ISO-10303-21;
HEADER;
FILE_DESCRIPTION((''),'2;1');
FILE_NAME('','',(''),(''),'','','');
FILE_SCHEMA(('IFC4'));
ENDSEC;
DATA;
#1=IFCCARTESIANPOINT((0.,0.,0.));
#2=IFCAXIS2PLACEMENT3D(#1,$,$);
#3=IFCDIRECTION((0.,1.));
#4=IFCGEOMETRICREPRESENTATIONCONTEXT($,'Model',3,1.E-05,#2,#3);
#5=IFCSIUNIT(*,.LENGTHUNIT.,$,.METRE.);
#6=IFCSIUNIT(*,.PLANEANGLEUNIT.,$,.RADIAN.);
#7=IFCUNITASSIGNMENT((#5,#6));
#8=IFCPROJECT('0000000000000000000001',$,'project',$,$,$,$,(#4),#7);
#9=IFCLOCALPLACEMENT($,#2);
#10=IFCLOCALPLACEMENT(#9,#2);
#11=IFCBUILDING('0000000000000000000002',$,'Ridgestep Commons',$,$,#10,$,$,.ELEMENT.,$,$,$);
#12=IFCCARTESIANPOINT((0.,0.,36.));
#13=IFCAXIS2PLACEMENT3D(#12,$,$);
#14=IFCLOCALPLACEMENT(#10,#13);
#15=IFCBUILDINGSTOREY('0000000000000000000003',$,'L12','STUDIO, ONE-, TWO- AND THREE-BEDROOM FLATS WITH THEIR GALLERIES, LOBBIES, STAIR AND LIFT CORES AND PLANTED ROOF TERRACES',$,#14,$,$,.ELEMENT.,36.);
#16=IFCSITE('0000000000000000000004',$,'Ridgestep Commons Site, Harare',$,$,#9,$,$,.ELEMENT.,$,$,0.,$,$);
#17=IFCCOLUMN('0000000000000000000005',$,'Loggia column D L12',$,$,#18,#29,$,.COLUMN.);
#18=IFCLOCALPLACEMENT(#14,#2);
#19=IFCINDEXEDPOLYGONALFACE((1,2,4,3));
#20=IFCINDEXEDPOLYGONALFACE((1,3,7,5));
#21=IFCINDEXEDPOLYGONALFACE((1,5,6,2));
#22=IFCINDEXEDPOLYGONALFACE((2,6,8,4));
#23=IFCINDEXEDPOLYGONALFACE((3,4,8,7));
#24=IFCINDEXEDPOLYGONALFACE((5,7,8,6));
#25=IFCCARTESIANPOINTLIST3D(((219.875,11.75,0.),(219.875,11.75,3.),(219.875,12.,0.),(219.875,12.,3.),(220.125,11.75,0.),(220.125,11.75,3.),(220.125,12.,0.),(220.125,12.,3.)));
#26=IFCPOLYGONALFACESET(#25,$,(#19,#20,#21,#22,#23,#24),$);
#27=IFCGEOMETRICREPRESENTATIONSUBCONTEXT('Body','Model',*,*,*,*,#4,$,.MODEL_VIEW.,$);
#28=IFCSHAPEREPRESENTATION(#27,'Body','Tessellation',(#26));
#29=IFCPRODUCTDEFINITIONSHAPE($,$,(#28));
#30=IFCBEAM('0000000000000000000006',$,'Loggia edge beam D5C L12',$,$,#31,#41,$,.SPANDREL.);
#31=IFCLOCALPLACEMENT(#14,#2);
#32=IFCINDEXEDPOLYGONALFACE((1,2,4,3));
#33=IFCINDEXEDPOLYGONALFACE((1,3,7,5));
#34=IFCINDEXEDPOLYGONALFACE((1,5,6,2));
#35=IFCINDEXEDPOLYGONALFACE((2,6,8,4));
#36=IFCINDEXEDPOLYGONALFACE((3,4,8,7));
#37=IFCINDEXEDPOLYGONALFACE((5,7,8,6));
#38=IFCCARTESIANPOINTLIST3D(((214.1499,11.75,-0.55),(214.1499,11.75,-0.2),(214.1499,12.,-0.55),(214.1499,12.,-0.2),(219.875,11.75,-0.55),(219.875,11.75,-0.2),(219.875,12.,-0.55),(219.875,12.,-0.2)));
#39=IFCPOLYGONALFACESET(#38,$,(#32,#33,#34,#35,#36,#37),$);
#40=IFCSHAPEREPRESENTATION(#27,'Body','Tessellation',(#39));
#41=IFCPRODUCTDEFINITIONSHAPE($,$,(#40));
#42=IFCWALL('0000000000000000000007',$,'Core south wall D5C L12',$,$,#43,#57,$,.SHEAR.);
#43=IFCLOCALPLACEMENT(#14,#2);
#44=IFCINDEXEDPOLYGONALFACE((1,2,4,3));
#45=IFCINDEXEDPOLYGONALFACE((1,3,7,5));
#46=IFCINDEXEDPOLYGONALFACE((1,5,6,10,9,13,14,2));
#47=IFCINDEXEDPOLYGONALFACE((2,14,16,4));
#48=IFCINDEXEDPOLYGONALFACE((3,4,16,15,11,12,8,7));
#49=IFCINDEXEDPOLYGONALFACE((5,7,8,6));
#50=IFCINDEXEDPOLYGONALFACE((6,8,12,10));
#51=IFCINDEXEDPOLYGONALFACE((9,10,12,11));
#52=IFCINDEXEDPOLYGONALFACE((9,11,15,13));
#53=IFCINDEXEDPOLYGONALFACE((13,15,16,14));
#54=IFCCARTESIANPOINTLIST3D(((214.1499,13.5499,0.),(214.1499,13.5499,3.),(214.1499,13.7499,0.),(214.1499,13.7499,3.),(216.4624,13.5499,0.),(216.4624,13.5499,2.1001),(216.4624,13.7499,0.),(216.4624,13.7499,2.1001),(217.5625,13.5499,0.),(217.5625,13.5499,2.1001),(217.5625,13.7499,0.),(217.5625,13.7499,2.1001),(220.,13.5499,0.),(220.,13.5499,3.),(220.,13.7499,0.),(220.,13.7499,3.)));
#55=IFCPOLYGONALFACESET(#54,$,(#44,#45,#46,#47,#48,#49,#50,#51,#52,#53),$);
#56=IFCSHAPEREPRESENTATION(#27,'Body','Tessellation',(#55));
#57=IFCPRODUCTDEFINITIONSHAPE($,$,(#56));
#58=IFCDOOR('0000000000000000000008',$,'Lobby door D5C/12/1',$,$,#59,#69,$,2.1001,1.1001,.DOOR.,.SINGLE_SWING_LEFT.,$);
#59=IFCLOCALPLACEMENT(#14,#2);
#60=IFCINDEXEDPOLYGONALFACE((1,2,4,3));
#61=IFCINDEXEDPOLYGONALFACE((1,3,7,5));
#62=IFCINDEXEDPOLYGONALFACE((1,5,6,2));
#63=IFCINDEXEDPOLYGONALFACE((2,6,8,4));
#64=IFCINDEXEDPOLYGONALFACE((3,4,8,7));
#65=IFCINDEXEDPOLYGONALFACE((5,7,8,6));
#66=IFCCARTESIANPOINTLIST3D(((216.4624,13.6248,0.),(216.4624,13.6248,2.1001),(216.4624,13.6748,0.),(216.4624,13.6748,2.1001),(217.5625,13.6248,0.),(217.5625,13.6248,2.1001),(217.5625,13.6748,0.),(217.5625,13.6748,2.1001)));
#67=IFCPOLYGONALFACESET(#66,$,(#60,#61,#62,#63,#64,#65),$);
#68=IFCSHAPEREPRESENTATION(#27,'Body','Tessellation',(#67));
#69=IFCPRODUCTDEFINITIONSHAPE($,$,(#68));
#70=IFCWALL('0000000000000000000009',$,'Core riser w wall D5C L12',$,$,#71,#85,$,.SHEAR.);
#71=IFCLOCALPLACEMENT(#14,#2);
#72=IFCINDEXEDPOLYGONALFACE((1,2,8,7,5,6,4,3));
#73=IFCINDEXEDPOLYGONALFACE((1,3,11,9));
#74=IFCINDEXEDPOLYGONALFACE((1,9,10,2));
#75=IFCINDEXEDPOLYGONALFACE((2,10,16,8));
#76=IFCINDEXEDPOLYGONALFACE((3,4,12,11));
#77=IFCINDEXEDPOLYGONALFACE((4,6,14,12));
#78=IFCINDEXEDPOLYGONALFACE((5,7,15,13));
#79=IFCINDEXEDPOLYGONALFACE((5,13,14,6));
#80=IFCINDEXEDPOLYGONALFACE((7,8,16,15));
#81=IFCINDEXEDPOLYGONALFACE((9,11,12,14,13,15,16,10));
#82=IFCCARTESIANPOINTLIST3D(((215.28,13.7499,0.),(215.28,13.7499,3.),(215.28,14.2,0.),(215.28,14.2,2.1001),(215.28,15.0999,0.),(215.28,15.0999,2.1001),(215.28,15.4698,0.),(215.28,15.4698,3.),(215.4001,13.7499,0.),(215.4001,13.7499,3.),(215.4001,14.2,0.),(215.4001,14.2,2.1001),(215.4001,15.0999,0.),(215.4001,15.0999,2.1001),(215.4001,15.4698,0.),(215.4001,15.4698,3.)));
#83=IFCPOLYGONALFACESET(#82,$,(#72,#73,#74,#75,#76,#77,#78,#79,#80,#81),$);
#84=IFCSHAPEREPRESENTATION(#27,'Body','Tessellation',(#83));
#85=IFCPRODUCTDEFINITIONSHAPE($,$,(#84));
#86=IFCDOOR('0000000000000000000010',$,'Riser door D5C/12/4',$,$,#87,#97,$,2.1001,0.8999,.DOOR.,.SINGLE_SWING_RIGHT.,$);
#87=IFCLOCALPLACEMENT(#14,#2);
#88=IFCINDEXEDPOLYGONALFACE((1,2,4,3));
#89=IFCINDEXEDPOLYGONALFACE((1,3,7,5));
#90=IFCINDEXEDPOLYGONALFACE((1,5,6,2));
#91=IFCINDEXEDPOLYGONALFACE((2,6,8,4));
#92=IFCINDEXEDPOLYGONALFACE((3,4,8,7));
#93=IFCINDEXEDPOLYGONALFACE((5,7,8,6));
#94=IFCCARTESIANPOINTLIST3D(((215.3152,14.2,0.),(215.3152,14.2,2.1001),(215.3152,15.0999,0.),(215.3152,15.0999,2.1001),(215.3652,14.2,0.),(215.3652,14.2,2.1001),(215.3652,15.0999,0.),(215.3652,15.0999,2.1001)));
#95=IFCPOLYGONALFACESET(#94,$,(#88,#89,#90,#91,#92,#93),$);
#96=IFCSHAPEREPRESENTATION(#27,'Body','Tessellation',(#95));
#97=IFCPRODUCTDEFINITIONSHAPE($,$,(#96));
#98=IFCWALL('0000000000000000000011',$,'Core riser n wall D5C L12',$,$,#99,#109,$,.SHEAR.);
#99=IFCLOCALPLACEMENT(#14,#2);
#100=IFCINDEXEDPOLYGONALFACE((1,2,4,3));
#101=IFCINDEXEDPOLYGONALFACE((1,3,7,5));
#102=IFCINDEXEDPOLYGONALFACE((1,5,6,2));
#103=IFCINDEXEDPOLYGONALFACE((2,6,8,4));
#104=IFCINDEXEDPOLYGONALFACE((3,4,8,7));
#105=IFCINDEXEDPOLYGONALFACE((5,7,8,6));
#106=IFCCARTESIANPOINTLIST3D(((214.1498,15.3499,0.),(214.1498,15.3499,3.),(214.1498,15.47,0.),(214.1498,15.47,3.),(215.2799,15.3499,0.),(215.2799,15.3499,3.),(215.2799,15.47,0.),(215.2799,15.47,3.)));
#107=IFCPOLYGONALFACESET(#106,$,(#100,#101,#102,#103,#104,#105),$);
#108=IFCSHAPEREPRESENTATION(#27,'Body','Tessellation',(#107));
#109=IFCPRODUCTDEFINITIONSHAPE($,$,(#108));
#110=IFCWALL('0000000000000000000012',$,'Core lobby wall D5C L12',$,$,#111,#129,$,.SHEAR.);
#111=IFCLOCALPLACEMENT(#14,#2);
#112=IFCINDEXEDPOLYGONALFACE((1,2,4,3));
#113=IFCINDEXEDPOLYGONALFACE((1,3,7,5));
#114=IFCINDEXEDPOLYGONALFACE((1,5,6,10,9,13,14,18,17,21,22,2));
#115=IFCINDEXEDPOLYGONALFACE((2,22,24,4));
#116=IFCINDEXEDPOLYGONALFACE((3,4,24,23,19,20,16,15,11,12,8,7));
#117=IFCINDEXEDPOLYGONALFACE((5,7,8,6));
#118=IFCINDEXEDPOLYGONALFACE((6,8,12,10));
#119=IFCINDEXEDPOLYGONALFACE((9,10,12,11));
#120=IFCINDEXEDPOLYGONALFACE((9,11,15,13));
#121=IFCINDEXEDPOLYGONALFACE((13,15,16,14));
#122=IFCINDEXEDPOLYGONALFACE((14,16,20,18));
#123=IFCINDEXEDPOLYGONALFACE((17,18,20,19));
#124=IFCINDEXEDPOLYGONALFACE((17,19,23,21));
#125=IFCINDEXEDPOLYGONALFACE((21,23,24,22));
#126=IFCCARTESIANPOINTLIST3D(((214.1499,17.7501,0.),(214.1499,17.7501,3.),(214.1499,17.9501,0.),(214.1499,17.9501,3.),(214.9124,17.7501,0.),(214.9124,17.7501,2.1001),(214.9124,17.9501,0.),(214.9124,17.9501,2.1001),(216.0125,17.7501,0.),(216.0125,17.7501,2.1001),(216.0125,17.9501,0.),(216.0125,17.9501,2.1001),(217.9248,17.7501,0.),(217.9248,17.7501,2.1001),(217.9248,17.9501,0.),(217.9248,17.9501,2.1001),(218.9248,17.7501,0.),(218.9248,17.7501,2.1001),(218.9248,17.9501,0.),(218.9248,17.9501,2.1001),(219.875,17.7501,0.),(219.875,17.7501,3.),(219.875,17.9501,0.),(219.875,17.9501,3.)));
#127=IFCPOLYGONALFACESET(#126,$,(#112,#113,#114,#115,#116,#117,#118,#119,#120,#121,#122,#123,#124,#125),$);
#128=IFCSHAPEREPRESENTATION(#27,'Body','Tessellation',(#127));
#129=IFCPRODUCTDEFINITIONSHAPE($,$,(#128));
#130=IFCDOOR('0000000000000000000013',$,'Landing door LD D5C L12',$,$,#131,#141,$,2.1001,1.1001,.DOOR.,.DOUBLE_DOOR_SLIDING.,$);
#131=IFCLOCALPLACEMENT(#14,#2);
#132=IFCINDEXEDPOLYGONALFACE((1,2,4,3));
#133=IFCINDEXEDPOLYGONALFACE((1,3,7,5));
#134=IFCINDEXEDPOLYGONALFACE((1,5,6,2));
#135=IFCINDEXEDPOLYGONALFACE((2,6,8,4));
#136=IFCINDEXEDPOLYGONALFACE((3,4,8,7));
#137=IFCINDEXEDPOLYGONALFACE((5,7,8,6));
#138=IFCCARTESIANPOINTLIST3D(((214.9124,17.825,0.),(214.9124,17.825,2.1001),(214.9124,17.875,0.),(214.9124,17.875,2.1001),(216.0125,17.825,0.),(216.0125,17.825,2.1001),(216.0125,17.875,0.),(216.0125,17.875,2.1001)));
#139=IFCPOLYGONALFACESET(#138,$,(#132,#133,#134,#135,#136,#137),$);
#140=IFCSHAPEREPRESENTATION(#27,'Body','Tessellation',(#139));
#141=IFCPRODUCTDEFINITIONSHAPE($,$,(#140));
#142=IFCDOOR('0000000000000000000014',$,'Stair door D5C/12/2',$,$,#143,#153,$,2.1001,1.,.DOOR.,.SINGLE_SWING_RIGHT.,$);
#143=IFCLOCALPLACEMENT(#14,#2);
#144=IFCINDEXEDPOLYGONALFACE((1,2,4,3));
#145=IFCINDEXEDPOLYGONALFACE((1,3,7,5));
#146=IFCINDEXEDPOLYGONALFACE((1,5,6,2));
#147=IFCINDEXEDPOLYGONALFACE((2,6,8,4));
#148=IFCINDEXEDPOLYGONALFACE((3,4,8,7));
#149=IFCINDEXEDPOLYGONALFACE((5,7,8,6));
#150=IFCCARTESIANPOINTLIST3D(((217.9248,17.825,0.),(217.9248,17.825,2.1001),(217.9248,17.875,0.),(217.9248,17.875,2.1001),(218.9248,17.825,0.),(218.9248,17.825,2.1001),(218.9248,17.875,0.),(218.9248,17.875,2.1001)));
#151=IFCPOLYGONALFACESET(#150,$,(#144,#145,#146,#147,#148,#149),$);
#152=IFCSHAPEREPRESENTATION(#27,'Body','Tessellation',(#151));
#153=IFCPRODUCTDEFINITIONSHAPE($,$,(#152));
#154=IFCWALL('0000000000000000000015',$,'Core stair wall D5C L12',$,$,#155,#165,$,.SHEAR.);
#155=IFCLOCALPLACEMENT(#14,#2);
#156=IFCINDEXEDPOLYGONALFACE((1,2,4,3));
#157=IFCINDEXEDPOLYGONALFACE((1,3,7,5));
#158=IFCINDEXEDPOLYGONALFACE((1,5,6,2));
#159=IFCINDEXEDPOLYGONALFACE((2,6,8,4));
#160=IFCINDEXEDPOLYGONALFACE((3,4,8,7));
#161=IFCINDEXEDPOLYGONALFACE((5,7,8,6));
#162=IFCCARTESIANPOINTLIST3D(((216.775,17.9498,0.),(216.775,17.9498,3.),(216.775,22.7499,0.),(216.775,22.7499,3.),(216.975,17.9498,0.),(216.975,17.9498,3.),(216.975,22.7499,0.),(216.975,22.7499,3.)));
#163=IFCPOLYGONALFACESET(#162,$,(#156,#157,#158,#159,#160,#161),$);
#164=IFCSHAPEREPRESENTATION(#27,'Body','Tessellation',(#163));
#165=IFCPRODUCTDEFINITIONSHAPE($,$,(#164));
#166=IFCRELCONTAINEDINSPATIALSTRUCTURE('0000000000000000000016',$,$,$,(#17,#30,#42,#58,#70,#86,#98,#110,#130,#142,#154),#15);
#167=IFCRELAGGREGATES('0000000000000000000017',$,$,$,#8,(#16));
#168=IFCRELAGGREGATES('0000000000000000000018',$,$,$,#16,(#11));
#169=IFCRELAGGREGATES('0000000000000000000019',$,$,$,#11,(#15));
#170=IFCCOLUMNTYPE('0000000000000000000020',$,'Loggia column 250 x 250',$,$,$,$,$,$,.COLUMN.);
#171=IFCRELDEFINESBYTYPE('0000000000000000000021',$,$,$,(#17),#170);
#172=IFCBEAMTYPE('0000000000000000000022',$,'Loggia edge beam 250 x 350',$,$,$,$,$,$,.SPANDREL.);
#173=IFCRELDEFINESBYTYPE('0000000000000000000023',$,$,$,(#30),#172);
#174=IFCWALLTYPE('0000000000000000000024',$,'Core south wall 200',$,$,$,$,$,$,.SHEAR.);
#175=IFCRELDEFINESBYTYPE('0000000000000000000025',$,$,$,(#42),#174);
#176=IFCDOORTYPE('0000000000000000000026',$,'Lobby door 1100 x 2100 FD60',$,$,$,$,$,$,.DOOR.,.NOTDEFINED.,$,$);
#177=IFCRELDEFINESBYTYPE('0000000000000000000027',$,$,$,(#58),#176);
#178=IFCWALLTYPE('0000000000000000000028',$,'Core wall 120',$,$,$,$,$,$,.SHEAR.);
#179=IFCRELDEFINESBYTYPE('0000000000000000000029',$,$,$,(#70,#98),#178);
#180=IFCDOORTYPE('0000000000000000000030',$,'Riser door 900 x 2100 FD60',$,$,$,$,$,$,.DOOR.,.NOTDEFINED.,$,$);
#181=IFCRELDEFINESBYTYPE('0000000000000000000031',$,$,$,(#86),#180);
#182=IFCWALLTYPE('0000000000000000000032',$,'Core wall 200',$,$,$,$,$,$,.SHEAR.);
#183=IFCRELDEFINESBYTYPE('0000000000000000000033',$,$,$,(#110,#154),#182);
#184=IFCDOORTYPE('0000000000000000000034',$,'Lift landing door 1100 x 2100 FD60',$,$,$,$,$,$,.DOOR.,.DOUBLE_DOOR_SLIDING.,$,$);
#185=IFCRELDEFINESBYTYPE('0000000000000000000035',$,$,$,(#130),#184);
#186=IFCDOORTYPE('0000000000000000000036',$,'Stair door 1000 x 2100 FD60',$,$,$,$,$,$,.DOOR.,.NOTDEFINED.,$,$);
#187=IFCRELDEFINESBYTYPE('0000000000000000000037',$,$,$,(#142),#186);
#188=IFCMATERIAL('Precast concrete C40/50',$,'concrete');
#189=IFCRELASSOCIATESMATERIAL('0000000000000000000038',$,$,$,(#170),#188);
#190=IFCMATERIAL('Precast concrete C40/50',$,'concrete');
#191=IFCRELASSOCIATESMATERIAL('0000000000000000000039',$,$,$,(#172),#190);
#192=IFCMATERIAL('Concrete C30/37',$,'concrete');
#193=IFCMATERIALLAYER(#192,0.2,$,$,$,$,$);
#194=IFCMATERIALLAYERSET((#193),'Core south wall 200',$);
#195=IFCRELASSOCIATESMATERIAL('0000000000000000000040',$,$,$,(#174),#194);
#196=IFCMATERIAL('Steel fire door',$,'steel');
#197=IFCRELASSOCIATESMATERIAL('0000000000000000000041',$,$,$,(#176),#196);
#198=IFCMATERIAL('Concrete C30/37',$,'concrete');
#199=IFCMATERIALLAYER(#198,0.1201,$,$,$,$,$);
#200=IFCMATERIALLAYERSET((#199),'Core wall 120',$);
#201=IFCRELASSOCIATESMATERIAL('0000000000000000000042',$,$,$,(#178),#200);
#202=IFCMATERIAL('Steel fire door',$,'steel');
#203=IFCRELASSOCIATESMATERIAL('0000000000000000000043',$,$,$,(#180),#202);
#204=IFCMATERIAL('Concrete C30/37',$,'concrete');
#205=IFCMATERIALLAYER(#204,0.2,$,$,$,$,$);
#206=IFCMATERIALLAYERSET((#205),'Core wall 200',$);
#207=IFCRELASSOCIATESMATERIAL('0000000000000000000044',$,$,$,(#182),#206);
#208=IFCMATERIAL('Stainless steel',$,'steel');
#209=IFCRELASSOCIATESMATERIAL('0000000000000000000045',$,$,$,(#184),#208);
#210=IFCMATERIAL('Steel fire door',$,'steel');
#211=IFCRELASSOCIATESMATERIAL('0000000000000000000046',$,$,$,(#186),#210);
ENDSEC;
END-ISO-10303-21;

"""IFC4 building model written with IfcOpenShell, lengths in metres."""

from ifc_helpers import new_model, si_unit, direction, frame, frame_2d, origin, origin_2d, place, context, subcontext, project, spatial, rectangle, extrude, material, layer, layer_set, material_profile, profile_set, type_object, element, fill, save


model = new_model("IFC4")

# Units and contexts
model_context = context("Model", 3, precision=1e-05, world=origin(), true_north=direction((0.0, 1.0)))
body_context = subcontext(model_context, "Body", "Model", "MODEL_VIEW")
ifc_project = project(units=[si_unit("LENGTHUNIT", "METRE"), si_unit("PLANEANGLEUNIT", "RADIAN")], contexts=[model_context])

# Site, building, storey
site_placement = place(None, origin())
site = spatial("IfcSite", under=ifc_project, at=site_placement, Name="Ridgestep Commons Site, Harare", CompositionType="ELEMENT", RefElevation=0.0)
building_placement = place(site_placement, origin())
building = spatial("IfcBuilding", under=site, at=building_placement, Name="Ridgestep Commons", CompositionType="ELEMENT")
storey_placement = place(building_placement, frame((0.0, 0.0, 36.0)))
storey = spatial("IfcBuildingStorey", under=building, at=storey_placement, Name="L12", Description="STUDIO, ONE-, TWO- AND THREE-BEDROOM FLATS WITH THEIR GALLERIES, LOBBIES, STAIR AND LIFT CORES AND PLANTED ROOF TERRACES", CompositionType="ELEMENT", Elevation=36.0)

# Column
ifc_material_1 = material(Name="Precast concrete C40/50", Category="concrete")
ifc_material_profile_1 = material_profile(ifc_material_1, rectangle(XDim=0.25, YDim=0.25, at=origin_2d()), Name="PC 250x250")
ifc_profile_set_1 = profile_set([ifc_material_profile_1], Name="Precast concrete C40/50")
column_type = type_object("IfcColumnType", Name="Loggia column 250 x 250", PredefinedType="COLUMN", material=ifc_profile_set_1)
column_placement = place(storey_placement, frame((220.0, 11.875, 0.0), z_axis=(0.0, 0.0, 1.0), x_axis=(1.0, 0.0, 0.0)))
element("IfcColumn", 1, at=column_placement, inside=storey, type_object=column_type, Name="Loggia column D L12", PredefinedType="COLUMN", context=body_context, shape_type="SweptSolid", body=[
    extrude(rectangle(XDim=0.25, YDim=0.25, at=origin_2d()), origin(), (0.0, 0.0, 1.0), 3.0),
])

# Beam
ifc_material_2 = material(Name="Precast concrete C40/50", Category="concrete")
ifc_material_profile_2 = material_profile(ifc_material_2, rectangle(XDim=0.25, YDim=0.3501, at=origin_2d()), Name="PC 250x350")
ifc_profile_set_2 = profile_set([ifc_material_profile_2], Name="Precast concrete C40/50")
beam_type = type_object("IfcBeamType", Name="Loggia edge beam 250 x 350", PredefinedType="SPANDREL", material=ifc_profile_set_2)
beam_placement = place(storey_placement, frame((214.1499, 11.875, -0.375), z_axis=(1.0, 0.0, 0.0), x_axis=(0.0, 1.0, 0.0)))
element("IfcBeam", 2, at=beam_placement, inside=storey, type_object=beam_type, Name="Loggia edge beam D5C L12", PredefinedType="SPANDREL", context=body_context, shape_type="SweptSolid", body=[
    extrude(rectangle(XDim=0.25, YDim=0.3501, at=origin_2d()), origin(), (0.0, 0.0, 1.0), 5.7251),
])

# Wall, opening, door
ifc_material_3 = material(Name="Concrete C30/37", Category="concrete")
ifc_layer_1 = layer(ifc_material_3, 0.2)
ifc_layer_set_1 = layer_set([ifc_layer_1], Name="Core south wall 200")
wall_type_1 = type_object("IfcWallType", Name="Core south wall 200", PredefinedType="SHEAR", material=ifc_layer_set_1)
wall_1_placement = place(storey_placement, frame((214.1499, 13.6499, 0.0), z_axis=(0.0, 0.0, 1.0), x_axis=(1.0, 0.0, 0.0)))
wall_1 = element("IfcWall", 3, at=wall_1_placement, inside=storey, type_object=wall_type_1, Name="Core south wall D5C L12", PredefinedType="SHEAR", context=body_context, shape_type="SweptSolid", body=[
    extrude(rectangle(XDim=5.8501, YDim=0.2, at=frame_2d((2.925, 0.0))), origin(), (0.0, 0.0, 1.0), 3.0),
])
opening_1_placement = place(wall_1_placement, frame((2.3125, 0.0, 0.0)))
opening_1 = element("IfcOpeningElement", 4, at=opening_1_placement, cuts=wall_1, PredefinedType="OPENING", context=body_context, shape_type="SweptSolid", body=[
    extrude(rectangle(XDim=1.1001, YDim=2.1001, at=frame_2d((0.55, 1.05))), frame((0.0, 0.1099, 0.0), z_axis=(0.0, -1.0, 0.0), x_axis=(1.0, 0.0, 0.0)), (0.0, 0.0, 1.0), 0.22),
])
ifc_material_4 = material(Name="Steel fire door", Category="steel")
door_type_1 = type_object("IfcDoorType", Name="Lobby door 1100 x 2100 FD60", OperationType="NOTDEFINED", PredefinedType="DOOR", material=ifc_material_4)
door_1_placement = place(opening_1_placement, origin())
door_1 = element("IfcDoor", 5, at=door_1_placement, inside=storey, type_object=door_type_1, Name="Lobby door D5C/12/1", OperationType="SINGLE_SWING_LEFT", OverallHeight=2.1001, OverallWidth=1.1001, PredefinedType="DOOR", context=body_context, shape_type="SweptSolid", body=[
    extrude(rectangle(XDim=1.1001, YDim=2.1001, at=frame_2d((0.55, 1.05))), frame((0.0, 0.0249, 0.0), z_axis=(0.0, -1.0, 0.0), x_axis=(1.0, 0.0, 0.0)), (0.0, 0.0, 1.0), 0.05),
])
fill(opening_1, door_1)

# Shared definitions
ifc_material_5 = material(Name="Concrete C30/37", Category="concrete")
ifc_layer_2 = layer(ifc_material_5, 0.1201)
ifc_layer_set_2 = layer_set([ifc_layer_2], Name="Core wall 120")
wall_type_2 = type_object("IfcWallType", Name="Core wall 120", PredefinedType="SHEAR", material=ifc_layer_set_2)

# Wall, opening, door
wall_2_placement = place(storey_placement, frame((215.3401, 13.75, 0.0), z_axis=(0.0, 0.0, 1.0), x_axis=(0.0, 1.0, 0.0)))
wall_2 = element("IfcWall", 6, at=wall_2_placement, inside=storey, type_object=wall_type_2, Name="Core riser w wall D5C L12", PredefinedType="SHEAR", context=body_context, shape_type="SweptSolid", body=[
    extrude(rectangle(XDim=1.72, YDim=0.1201, at=frame_2d((0.8599, 0.0))), origin(), (0.0, 0.0, 1.0), 3.0),
])
opening_2_placement = place(wall_2_placement, frame((0.45, 0.0, 0.0)))
opening_2 = element("IfcOpeningElement", 7, at=opening_2_placement, cuts=wall_2, PredefinedType="OPENING", context=body_context, shape_type="SweptSolid", body=[
    extrude(rectangle(XDim=0.8999, YDim=2.1001, at=frame_2d((0.45, 1.05))), frame((0.0, 0.0701, 0.0), z_axis=(0.0, -1.0, 0.0), x_axis=(1.0, 0.0, 0.0)), (0.0, 0.0, 1.0), 0.1401),
])
ifc_material_6 = material(Name="Steel fire door", Category="steel")
door_type_2 = type_object("IfcDoorType", Name="Riser door 900 x 2100 FD60", OperationType="NOTDEFINED", PredefinedType="DOOR", material=ifc_material_6)
door_2_placement = place(opening_2_placement, origin())
door_2 = element("IfcDoor", 8, at=door_2_placement, inside=storey, type_object=door_type_2, Name="Riser door D5C/12/4", OperationType="SINGLE_SWING_RIGHT", OverallHeight=2.1001, OverallWidth=0.8999, PredefinedType="DOOR", context=body_context, shape_type="SweptSolid", body=[
    extrude(rectangle(XDim=0.8999, YDim=2.1001, at=frame_2d((0.45, 1.05))), frame((0.0, 0.0249, 0.0), z_axis=(0.0, -1.0, 0.0), x_axis=(1.0, 0.0, 0.0)), (0.0, 0.0, 1.0), 0.05),
])
fill(opening_2, door_2)

# Wall
wall_3_placement = place(storey_placement, frame((214.1499, 15.4099, 0.0), z_axis=(0.0, 0.0, 1.0), x_axis=(1.0, 0.0, 0.0)))
element("IfcWall", 9, at=wall_3_placement, inside=storey, type_object=wall_type_2, Name="Core riser n wall D5C L12", PredefinedType="SHEAR", context=body_context, shape_type="SweptSolid", body=[
    extrude(rectangle(XDim=1.1301, YDim=0.1201, at=frame_2d((0.5649, 0.0))), origin(), (0.0, 0.0, 1.0), 3.0),
])

# Wall, openings, doors
ifc_material_7 = material(Name="Concrete C30/37", Category="concrete")
ifc_layer_3 = layer(ifc_material_7, 0.2)
ifc_layer_set_3 = layer_set([ifc_layer_3], Name="Core wall 200")
wall_type_3 = type_object("IfcWallType", Name="Core wall 200", PredefinedType="SHEAR", material=ifc_layer_set_3)
wall_4_placement = place(storey_placement, frame((214.1499, 17.8501, 0.0), z_axis=(0.0, 0.0, 1.0), x_axis=(1.0, 0.0, 0.0)))
wall_4 = element("IfcWall", 10, at=wall_4_placement, inside=storey, type_object=wall_type_3, Name="Core lobby wall D5C L12", PredefinedType="SHEAR", context=body_context, shape_type="SweptSolid", body=[
    extrude(rectangle(XDim=5.7251, YDim=0.2, at=frame_2d((2.8625, 0.0))), origin(), (0.0, 0.0, 1.0), 3.0),
])
opening_3_placement = place(wall_4_placement, frame((3.7749, 0.0, 0.0)))
opening_3 = element("IfcOpeningElement", 11, at=opening_3_placement, cuts=wall_4, PredefinedType="OPENING", context=body_context, shape_type="SweptSolid", body=[
    extrude(rectangle(XDim=1.0, YDim=2.1001, at=frame_2d((0.5, 1.05))), frame((0.0, 0.1099, 0.0), z_axis=(0.0, -1.0, 0.0), x_axis=(1.0, 0.0, 0.0)), (0.0, 0.0, 1.0), 0.22),
])
opening_4_placement = place(wall_4_placement, frame((0.7625, 0.0, 0.0)))
opening_4 = element("IfcOpeningElement", 12, at=opening_4_placement, cuts=wall_4, PredefinedType="OPENING", context=body_context, shape_type="SweptSolid", body=[
    extrude(rectangle(XDim=1.1001, YDim=2.1001, at=frame_2d((0.55, 1.05))), frame((0.0, 0.1099, 0.0), z_axis=(0.0, -1.0, 0.0), x_axis=(1.0, 0.0, 0.0)), (0.0, 0.0, 1.0), 0.22),
])
ifc_material_8 = material(Name="Stainless steel", Category="steel")
door_type_3 = type_object("IfcDoorType", Name="Lift landing door 1100 x 2100 FD60", OperationType="DOUBLE_DOOR_SLIDING", PredefinedType="DOOR", material=ifc_material_8)
door_3_placement = place(opening_4_placement, origin())
door_3 = element("IfcDoor", 13, at=door_3_placement, inside=storey, type_object=door_type_3, Name="Landing door LD D5C L12", OperationType="DOUBLE_DOOR_SLIDING", OverallHeight=2.1001, OverallWidth=1.1001, PredefinedType="DOOR", context=body_context, shape_type="SweptSolid", body=[
    extrude(rectangle(XDim=1.1001, YDim=2.1001, at=frame_2d((0.55, 1.05))), frame((0.0, 0.0249, 0.0), z_axis=(0.0, -1.0, 0.0), x_axis=(1.0, 0.0, 0.0)), (0.0, 0.0, 1.0), 0.05),
])
fill(opening_4, door_3)
ifc_material_9 = material(Name="Steel fire door", Category="steel")
door_type_4 = type_object("IfcDoorType", Name="Stair door 1000 x 2100 FD60", OperationType="NOTDEFINED", PredefinedType="DOOR", material=ifc_material_9)
door_4_placement = place(opening_3_placement, origin())
door_4 = element("IfcDoor", 14, at=door_4_placement, inside=storey, type_object=door_type_4, Name="Stair door D5C/12/2", OperationType="SINGLE_SWING_RIGHT", OverallHeight=2.1001, OverallWidth=1.0, PredefinedType="DOOR", context=body_context, shape_type="SweptSolid", body=[
    extrude(rectangle(XDim=1.0, YDim=2.1001, at=frame_2d((0.5, 1.05))), frame((0.0, 0.0249, 0.0), z_axis=(0.0, -1.0, 0.0), x_axis=(1.0, 0.0, 0.0)), (0.0, 0.0, 1.0), 0.05),
])
fill(opening_3, door_4)

# Wall
wall_5_placement = place(storey_placement, frame((216.875, 17.95, 0.0), z_axis=(0.0, 0.0, 1.0), x_axis=(0.0, 1.0, 0.0)))
element("IfcWall", 15, at=wall_5_placement, inside=storey, type_object=wall_type_3, Name="Core stair wall D5C L12", PredefinedType="SHEAR", context=body_context, shape_type="SweptSolid", body=[
    extrude(rectangle(XDim=4.8, YDim=0.2, at=frame_2d((2.3999, 0.0))), origin(), (0.0, 0.0, 1.0), 3.0),
])

save(model, "model.ifc")
